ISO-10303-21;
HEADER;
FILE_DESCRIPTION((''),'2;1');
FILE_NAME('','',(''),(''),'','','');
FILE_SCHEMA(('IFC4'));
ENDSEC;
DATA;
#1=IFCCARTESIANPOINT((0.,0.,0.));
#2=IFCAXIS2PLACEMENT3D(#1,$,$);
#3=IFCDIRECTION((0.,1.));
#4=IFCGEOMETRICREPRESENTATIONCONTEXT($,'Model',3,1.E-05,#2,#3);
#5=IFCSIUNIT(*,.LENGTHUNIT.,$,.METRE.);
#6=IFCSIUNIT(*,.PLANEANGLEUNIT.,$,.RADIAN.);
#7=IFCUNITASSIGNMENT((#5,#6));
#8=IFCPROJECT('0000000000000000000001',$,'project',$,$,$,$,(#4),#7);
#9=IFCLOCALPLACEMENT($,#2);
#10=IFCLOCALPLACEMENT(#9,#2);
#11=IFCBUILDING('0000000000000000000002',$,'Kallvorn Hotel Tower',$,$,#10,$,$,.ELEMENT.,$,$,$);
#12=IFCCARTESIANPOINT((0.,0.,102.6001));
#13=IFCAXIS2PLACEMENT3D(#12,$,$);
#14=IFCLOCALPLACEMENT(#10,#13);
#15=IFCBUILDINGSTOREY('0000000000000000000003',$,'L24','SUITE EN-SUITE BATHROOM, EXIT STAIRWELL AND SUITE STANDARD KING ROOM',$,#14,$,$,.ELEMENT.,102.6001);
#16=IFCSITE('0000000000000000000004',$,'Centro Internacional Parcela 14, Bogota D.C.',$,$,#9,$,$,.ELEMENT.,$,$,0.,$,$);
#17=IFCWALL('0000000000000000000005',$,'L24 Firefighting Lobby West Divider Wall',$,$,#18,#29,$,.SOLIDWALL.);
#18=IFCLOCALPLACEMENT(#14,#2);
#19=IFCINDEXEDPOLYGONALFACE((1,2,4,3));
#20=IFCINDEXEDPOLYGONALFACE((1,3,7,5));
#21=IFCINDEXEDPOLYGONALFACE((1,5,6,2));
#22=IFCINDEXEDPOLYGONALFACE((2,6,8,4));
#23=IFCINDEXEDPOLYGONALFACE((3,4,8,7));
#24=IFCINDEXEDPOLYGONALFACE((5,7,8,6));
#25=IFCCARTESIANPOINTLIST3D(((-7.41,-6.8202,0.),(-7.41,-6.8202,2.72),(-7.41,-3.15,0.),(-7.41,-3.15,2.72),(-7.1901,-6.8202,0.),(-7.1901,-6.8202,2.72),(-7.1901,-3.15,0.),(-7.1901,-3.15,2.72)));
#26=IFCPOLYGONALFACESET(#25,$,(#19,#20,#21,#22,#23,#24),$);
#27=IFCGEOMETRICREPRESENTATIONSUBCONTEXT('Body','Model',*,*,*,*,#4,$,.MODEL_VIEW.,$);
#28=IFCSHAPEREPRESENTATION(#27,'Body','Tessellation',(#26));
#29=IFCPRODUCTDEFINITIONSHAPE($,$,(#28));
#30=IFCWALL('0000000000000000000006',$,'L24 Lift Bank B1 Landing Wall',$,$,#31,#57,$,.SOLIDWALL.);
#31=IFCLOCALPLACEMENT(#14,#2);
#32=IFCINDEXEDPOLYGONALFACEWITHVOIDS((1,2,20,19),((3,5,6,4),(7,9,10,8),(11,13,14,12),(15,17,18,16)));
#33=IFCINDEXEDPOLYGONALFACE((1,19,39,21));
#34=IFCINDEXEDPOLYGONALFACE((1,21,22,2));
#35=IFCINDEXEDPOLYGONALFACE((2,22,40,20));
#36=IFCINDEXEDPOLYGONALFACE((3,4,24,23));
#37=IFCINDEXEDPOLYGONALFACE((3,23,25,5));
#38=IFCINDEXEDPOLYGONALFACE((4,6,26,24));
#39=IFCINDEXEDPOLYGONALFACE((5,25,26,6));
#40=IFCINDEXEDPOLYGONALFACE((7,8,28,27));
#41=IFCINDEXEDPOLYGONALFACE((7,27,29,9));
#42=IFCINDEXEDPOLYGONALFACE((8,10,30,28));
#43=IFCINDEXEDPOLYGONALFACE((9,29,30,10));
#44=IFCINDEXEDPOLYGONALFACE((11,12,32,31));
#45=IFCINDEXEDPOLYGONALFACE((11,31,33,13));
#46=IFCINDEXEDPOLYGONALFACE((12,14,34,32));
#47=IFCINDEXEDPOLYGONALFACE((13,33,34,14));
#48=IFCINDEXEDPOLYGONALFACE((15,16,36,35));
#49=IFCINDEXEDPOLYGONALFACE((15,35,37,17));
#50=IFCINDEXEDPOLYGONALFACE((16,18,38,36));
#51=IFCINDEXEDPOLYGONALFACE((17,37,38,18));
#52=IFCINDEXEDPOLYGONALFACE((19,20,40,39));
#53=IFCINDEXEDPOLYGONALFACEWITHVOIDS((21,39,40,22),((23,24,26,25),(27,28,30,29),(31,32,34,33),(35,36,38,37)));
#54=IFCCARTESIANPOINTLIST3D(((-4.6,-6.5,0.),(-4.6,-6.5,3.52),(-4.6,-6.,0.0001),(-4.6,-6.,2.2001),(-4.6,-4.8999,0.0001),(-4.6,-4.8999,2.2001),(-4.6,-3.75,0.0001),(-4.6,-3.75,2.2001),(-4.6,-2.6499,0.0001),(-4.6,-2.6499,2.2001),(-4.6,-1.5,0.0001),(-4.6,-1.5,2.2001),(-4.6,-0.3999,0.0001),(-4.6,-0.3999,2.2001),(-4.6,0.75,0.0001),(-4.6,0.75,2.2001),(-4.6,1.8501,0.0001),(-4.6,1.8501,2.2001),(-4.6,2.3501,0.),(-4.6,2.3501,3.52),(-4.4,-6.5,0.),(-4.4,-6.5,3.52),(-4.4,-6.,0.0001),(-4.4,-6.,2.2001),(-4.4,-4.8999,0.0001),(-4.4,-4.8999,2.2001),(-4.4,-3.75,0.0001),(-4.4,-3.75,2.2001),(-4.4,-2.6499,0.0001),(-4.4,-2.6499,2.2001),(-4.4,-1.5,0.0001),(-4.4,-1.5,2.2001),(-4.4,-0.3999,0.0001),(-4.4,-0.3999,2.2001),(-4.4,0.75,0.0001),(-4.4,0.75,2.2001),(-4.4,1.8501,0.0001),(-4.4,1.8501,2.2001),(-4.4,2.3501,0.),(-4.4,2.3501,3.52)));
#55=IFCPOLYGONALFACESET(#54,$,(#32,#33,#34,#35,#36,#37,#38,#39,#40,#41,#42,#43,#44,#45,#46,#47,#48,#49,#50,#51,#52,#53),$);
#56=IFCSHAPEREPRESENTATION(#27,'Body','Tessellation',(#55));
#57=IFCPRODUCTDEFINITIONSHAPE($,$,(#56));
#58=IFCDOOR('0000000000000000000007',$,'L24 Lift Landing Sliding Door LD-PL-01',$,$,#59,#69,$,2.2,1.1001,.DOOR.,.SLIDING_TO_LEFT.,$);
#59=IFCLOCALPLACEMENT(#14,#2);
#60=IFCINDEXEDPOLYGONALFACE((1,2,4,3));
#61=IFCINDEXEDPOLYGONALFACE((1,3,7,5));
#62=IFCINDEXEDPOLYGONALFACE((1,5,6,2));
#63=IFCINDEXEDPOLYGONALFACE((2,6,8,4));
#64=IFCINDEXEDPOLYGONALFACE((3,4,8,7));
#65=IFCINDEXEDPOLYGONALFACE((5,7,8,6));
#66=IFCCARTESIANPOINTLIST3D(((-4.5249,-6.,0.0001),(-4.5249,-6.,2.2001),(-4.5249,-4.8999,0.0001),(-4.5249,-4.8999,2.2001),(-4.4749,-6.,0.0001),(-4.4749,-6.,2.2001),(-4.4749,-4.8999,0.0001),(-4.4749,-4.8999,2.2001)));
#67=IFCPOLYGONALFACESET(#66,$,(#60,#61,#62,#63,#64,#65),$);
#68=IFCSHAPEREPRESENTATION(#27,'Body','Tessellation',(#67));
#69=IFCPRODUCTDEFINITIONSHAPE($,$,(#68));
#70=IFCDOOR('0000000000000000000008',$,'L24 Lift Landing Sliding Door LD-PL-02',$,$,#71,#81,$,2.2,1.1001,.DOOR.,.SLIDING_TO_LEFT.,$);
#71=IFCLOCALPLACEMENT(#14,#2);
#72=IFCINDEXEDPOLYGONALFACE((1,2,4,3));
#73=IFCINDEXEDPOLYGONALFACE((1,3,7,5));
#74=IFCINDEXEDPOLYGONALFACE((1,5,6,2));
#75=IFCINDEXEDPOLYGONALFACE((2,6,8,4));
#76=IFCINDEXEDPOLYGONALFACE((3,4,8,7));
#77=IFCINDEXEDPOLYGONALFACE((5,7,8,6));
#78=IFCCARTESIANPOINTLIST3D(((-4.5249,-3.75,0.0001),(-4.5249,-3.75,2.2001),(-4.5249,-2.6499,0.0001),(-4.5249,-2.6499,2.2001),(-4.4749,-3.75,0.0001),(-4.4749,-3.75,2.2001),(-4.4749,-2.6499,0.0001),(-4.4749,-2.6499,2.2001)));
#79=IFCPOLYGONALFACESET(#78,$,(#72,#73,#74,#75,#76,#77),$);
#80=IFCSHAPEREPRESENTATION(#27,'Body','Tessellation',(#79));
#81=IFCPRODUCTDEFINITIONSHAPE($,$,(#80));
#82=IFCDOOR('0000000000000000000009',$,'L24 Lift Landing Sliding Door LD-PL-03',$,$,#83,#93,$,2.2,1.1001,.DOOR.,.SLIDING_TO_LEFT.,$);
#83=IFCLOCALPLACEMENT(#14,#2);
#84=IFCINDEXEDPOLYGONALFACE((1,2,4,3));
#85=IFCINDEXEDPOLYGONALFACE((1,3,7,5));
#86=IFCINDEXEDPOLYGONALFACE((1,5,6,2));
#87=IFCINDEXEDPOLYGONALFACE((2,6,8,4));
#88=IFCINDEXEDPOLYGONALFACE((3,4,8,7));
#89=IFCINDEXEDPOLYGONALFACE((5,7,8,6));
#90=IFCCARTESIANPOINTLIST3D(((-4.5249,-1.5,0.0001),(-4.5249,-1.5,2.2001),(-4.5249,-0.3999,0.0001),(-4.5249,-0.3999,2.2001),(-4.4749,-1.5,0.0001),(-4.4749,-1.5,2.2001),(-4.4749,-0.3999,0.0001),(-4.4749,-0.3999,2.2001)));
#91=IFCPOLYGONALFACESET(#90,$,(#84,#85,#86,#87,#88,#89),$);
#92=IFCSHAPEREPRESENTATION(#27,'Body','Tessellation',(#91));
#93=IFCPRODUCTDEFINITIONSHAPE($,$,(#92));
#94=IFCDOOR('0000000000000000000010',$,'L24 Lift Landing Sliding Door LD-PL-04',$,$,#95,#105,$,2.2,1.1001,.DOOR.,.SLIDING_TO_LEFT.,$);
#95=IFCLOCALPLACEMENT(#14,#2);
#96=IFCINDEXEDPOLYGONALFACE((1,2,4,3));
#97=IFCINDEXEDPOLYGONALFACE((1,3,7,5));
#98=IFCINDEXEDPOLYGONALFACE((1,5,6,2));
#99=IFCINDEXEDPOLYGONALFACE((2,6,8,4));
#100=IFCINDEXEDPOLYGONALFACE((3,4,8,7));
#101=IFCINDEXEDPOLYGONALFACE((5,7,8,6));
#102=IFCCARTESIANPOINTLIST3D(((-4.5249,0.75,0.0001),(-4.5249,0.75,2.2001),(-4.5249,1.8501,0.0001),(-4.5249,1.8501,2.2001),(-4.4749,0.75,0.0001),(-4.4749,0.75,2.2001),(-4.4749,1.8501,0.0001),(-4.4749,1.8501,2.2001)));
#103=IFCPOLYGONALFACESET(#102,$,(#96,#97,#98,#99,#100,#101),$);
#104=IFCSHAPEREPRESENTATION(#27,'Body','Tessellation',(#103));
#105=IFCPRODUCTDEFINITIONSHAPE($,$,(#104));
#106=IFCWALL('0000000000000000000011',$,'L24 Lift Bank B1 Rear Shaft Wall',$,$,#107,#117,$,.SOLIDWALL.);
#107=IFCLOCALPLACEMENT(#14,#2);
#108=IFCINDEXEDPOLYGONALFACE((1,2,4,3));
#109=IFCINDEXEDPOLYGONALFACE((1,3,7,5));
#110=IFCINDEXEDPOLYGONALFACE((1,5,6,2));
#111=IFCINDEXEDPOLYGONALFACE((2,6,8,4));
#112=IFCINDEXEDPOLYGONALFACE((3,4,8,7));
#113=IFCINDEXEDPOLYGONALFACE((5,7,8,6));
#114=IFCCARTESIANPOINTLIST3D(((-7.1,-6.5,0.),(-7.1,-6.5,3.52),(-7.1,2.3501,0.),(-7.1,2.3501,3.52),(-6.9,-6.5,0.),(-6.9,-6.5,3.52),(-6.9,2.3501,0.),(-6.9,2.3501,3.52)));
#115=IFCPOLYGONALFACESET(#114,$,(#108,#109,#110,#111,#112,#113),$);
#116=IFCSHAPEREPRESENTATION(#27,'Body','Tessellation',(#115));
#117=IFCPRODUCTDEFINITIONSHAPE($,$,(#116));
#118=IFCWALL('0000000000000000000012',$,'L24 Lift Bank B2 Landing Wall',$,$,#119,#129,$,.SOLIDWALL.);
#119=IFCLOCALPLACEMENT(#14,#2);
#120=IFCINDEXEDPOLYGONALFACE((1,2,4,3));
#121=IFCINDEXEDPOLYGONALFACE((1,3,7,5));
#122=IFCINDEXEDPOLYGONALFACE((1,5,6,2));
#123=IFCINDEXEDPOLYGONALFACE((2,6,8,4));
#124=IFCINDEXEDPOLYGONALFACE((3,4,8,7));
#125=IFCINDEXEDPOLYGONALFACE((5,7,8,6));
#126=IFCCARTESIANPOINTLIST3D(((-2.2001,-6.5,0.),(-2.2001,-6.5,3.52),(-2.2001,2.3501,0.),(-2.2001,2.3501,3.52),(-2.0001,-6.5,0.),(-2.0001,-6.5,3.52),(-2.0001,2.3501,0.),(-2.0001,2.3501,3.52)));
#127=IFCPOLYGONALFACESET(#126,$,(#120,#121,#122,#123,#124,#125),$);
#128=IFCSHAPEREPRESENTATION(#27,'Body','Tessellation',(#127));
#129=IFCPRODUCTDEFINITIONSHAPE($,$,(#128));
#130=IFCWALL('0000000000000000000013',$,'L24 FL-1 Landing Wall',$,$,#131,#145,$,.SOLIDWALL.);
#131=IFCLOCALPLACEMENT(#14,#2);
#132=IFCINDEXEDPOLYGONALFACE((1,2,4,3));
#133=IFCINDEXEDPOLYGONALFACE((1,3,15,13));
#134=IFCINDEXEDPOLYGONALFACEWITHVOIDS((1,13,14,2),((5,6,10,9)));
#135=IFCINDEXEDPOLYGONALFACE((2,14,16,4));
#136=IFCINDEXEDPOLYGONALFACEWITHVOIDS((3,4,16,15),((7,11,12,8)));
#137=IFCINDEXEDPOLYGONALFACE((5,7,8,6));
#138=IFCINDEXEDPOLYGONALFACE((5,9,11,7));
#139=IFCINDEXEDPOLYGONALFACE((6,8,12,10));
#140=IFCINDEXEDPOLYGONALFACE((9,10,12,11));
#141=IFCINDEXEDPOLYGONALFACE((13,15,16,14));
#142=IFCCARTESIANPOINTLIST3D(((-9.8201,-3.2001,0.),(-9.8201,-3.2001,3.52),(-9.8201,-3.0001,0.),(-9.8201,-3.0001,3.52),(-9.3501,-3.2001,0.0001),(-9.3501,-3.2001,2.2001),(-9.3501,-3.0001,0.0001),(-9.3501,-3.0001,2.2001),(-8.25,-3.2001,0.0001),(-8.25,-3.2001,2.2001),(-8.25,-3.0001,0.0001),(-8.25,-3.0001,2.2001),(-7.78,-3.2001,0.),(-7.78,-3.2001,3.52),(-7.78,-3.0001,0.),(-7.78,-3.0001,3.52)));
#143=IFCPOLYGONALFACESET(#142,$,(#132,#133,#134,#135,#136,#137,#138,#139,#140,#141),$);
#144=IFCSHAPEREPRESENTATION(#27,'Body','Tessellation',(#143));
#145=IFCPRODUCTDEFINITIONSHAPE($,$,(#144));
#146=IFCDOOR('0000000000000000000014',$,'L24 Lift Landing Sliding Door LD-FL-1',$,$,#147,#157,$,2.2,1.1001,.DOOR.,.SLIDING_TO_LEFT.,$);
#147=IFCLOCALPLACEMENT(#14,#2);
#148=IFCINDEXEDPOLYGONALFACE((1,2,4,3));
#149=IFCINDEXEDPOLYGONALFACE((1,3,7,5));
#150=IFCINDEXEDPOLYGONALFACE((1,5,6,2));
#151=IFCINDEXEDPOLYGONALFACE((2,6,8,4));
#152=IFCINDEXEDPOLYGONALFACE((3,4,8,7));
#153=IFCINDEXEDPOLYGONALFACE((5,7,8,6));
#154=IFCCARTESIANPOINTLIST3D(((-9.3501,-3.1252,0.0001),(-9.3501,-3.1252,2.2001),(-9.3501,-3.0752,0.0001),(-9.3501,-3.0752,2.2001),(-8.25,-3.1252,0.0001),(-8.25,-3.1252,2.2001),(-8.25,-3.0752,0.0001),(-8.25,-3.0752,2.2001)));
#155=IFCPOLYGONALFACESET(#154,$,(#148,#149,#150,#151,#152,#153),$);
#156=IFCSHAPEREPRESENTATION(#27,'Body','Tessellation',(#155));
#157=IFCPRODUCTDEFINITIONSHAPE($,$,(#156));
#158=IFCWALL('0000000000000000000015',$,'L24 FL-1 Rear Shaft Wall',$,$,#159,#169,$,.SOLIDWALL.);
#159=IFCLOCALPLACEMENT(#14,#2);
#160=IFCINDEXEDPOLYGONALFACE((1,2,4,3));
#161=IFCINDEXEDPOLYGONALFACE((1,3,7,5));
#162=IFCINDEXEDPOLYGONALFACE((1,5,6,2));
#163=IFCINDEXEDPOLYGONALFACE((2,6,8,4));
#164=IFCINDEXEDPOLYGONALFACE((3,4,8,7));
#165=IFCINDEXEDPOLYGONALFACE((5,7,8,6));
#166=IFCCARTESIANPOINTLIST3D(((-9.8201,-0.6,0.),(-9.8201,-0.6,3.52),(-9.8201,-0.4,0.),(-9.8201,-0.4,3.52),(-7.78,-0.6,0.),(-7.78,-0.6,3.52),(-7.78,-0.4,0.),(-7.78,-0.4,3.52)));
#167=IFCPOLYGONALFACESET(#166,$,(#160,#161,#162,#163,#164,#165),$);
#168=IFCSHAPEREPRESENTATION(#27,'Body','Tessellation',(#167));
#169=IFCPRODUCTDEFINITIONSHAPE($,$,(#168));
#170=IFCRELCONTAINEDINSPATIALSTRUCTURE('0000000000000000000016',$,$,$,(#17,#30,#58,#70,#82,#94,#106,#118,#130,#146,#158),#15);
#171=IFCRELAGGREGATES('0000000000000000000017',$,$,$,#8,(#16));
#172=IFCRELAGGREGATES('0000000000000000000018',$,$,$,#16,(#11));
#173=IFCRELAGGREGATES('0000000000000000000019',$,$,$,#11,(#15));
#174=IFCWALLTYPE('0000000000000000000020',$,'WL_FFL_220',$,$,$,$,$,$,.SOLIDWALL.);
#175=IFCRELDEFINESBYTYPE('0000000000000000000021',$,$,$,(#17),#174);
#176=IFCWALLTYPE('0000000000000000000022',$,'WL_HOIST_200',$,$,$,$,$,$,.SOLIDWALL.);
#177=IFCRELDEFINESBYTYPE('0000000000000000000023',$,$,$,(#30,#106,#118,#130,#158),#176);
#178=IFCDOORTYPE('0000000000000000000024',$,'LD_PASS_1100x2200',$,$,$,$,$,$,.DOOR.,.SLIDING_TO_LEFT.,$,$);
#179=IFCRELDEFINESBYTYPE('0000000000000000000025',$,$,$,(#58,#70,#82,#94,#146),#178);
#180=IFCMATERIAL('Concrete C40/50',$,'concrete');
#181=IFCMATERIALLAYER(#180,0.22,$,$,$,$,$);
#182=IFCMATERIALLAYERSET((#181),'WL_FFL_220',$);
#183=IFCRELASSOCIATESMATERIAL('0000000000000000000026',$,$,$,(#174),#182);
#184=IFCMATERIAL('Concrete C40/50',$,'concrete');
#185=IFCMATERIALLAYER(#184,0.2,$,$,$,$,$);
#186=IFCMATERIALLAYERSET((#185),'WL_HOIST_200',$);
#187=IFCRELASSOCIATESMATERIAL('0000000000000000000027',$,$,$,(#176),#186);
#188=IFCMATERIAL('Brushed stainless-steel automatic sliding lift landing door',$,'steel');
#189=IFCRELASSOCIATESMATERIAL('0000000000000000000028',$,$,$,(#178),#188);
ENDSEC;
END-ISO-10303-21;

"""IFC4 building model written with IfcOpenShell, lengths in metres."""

from ifc_helpers import new_model, si_unit, direction, frame, frame_2d, origin, place, context, subcontext, project, spatial, rectangle, extrude, material, layer, layer_set, type_object, element, fill, save


model = new_model("IFC4")

# Units and contexts
model_context = context("Model", 3, precision=1e-05, world=origin(), true_north=direction((0.0, 1.0)))
body_context = subcontext(model_context, "Body", "Model", "MODEL_VIEW")
ifc_project = project(units=[si_unit("LENGTHUNIT", "METRE"), si_unit("PLANEANGLEUNIT", "RADIAN")], contexts=[model_context])

# Site, building, storey
site_placement = place(None, origin())
site = spatial("IfcSite", under=ifc_project, at=site_placement, Name="Centro Internacional Parcela 14, Bogota D.C.", CompositionType="ELEMENT", RefElevation=0.0)
building_placement = place(site_placement, origin())
building = spatial("IfcBuilding", under=site, at=building_placement, Name="Kallvorn Hotel Tower", CompositionType="ELEMENT")
storey_placement = place(building_placement, frame((0.0, 0.0, 102.6001)))
storey = spatial("IfcBuildingStorey", under=building, at=storey_placement, Name="L24", Description="SUITE EN-SUITE BATHROOM, EXIT STAIRWELL AND SUITE STANDARD KING ROOM", CompositionType="ELEMENT", Elevation=102.6001)

# Wall
ifc_material_1 = material(Name="Concrete C40/50", Category="concrete")
ifc_layer_1 = layer(ifc_material_1, 0.22)
ifc_layer_set_1 = layer_set([ifc_layer_1], Name="WL_FFL_220")
wall_type_1 = type_object("IfcWallType", Name="WL_FFL_220", PredefinedType="SOLIDWALL", material=ifc_layer_set_1)
wall_1_placement = place(storey_placement, frame((-7.3, -6.8201, 0.0), z_axis=(0.0, 0.0, 1.0), x_axis=(0.0, 1.0, 0.0)))
element("IfcWall", 1, at=wall_1_placement, inside=storey, type_object=wall_type_1, Name="L24 Firefighting Lobby West Divider Wall", PredefinedType="SOLIDWALL", context=body_context, shape_type="SweptSolid", body=[
    extrude(rectangle(XDim=3.6702, YDim=0.22, at=frame_2d((1.835, 0.0))), origin(), (0.0, 0.0, 1.0), 2.72),
])

# Wall, openings, doors
ifc_material_2 = material(Name="Concrete C40/50", Category="concrete")
ifc_layer_2 = layer(ifc_material_2, 0.2)
ifc_layer_set_2 = layer_set([ifc_layer_2], Name="WL_HOIST_200")
wall_type_2 = type_object("IfcWallType", Name="WL_HOIST_200", PredefinedType="SOLIDWALL", material=ifc_layer_set_2)
wall_2_placement = place(storey_placement, frame((-4.5, -6.5, 0.0), z_axis=(0.0, 0.0, 1.0), x_axis=(0.0, 1.0, 0.0)))
wall_2 = element("IfcWall", 2, at=wall_2_placement, inside=storey, type_object=wall_type_2, Name="L24 Lift Bank B1 Landing Wall", PredefinedType="SOLIDWALL", context=body_context, shape_type="SweptSolid", body=[
    extrude(rectangle(XDim=8.8501, YDim=0.2, at=frame_2d((4.425, 0.0))), origin(), (0.0, 0.0, 1.0), 3.52),
])
opening_1_placement = place(wall_2_placement, frame((0.5, 0.0, 0.0)))
opening_1 = element("IfcOpeningElement", 3, at=opening_1_placement, cuts=wall_2, PredefinedType="OPENING", context=body_context, shape_type="SweptSolid", body=[
    extrude(rectangle(XDim=1.1001, YDim=2.2, at=frame_2d((0.55, 1.1001))), frame((0.0, 0.115, 0.0), z_axis=(0.0, -1.0, 0.0), x_axis=(1.0, 0.0, 0.0)), (0.0, 0.0, 1.0), 0.23),
])
opening_2_placement = place(wall_2_placement, frame((2.75, 0.0, 0.0)))
opening_2 = element("IfcOpeningElement", 4, at=opening_2_placement, cuts=wall_2, PredefinedType="OPENING", context=body_context, shape_type="SweptSolid", body=[
    extrude(rectangle(XDim=1.1001, YDim=2.2, at=frame_2d((0.55, 1.1001))), frame((0.0, 0.115, 0.0), z_axis=(0.0, -1.0, 0.0), x_axis=(1.0, 0.0, 0.0)), (0.0, 0.0, 1.0), 0.23),
])
opening_3_placement = place(wall_2_placement, frame((5.0, 0.0, 0.0)))
opening_3 = element("IfcOpeningElement", 5, at=opening_3_placement, cuts=wall_2, PredefinedType="OPENING", context=body_context, shape_type="SweptSolid", body=[
    extrude(rectangle(XDim=1.1001, YDim=2.2, at=frame_2d((0.55, 1.1001))), frame((0.0, 0.115, 0.0), z_axis=(0.0, -1.0, 0.0), x_axis=(1.0, 0.0, 0.0)), (0.0, 0.0, 1.0), 0.23),
])
opening_4_placement = place(wall_2_placement, frame((7.25, 0.0, 0.0)))
opening_4 = element("IfcOpeningElement", 6, at=opening_4_placement, cuts=wall_2, PredefinedType="OPENING", context=body_context, shape_type="SweptSolid", body=[
    extrude(rectangle(XDim=1.1001, YDim=2.2, at=frame_2d((0.55, 1.1001))), frame((0.0, 0.115, 0.0), z_axis=(0.0, -1.0, 0.0), x_axis=(1.0, 0.0, 0.0)), (0.0, 0.0, 1.0), 0.23),
])
ifc_material_3 = material(Name="Brushed stainless-steel automatic sliding lift landing door", Category="steel")
door_type_1 = type_object("IfcDoorType", Name="LD_PASS_1100x2200", OperationType="SLIDING_TO_LEFT", PredefinedType="DOOR", material=ifc_material_3)
door_1_placement = place(opening_1_placement, origin())
door_1 = element("IfcDoor", 7, at=door_1_placement, inside=storey, type_object=door_type_1, Name="L24 Lift Landing Sliding Door LD-PL-01", OperationType="SLIDING_TO_LEFT", OverallHeight=2.2, OverallWidth=1.1001, PredefinedType="DOOR", context=body_context, shape_type="SweptSolid", body=[
    extrude(rectangle(XDim=1.1001, YDim=2.2, at=frame_2d((0.55, 1.1001))), frame((0.0, 0.0249, 0.0), z_axis=(0.0, -1.0, 0.0), x_axis=(1.0, 0.0, 0.0)), (0.0, 0.0, 1.0), 0.05),
])
fill(opening_1, door_1)
door_2_placement = place(opening_2_placement, origin())
door_2 = element("IfcDoor", 8, at=door_2_placement, inside=storey, type_object=door_type_1, Name="L24 Lift Landing Sliding Door LD-PL-02", OperationType="SLIDING_TO_LEFT", OverallHeight=2.2, OverallWidth=1.1001, PredefinedType="DOOR", context=body_context, shape_type="SweptSolid", body=[
    extrude(rectangle(XDim=1.1001, YDim=2.2, at=frame_2d((0.55, 1.1001))), frame((0.0, 0.0249, 0.0), z_axis=(0.0, -1.0, 0.0), x_axis=(1.0, 0.0, 0.0)), (0.0, 0.0, 1.0), 0.05),
])
fill(opening_2, door_2)
door_3_placement = place(opening_3_placement, origin())
door_3 = element("IfcDoor", 9, at=door_3_placement, inside=storey, type_object=door_type_1, Name="L24 Lift Landing Sliding Door LD-PL-03", OperationType="SLIDING_TO_LEFT", OverallHeight=2.2, OverallWidth=1.1001, PredefinedType="DOOR", context=body_context, shape_type="SweptSolid", body=[
    extrude(rectangle(XDim=1.1001, YDim=2.2, at=frame_2d((0.55, 1.1001))), frame((0.0, 0.0249, 0.0), z_axis=(0.0, -1.0, 0.0), x_axis=(1.0, 0.0, 0.0)), (0.0, 0.0, 1.0), 0.05),
])
fill(opening_3, door_3)
door_4_placement = place(opening_4_placement, origin())
door_4 = element("IfcDoor", 10, at=door_4_placement, inside=storey, type_object=door_type_1, Name="L24 Lift Landing Sliding Door LD-PL-04", OperationType="SLIDING_TO_LEFT", OverallHeight=2.2, OverallWidth=1.1001, PredefinedType="DOOR", context=body_context, shape_type="SweptSolid", body=[
    extrude(rectangle(XDim=1.1001, YDim=2.2, at=frame_2d((0.55, 1.1001))), frame((0.0, 0.0249, 0.0), z_axis=(0.0, -1.0, 0.0), x_axis=(1.0, 0.0, 0.0)), (0.0, 0.0, 1.0), 0.05),
])
fill(opening_4, door_4)

# Walls
for number, where, z_axis, x_axis, name in (
    (11, (-7.0, -6.5, 0.0), (0.0, 0.0, 1.0), (0.0, 1.0, 0.0), "L24 Lift Bank B1 Rear Shaft Wall"),
    (12, (-2.1001, -6.5, 0.0), (0.0, 0.0, 1.0), (0.0, 1.0, 0.0), "L24 Lift Bank B2 Landing Wall"),
):
    element("IfcWall", number, at=place(storey_placement, frame(where, z_axis=z_axis, x_axis=x_axis)), inside=storey, type_object=wall_type_2, Name=name, PredefinedType="SOLIDWALL", context=body_context, shape_type="SweptSolid", body=[
        extrude(rectangle(XDim=8.8501, YDim=0.2, at=frame_2d((4.425, 0.0))), origin(), (0.0, 0.0, 1.0), 3.52),
    ])

# Wall, opening, door
wall_3_placement = place(storey_placement, frame((-9.8201, -3.1001, 0.0), z_axis=(0.0, 0.0, 1.0), x_axis=(1.0, 0.0, 0.0)))
wall_3 = element("IfcWall", 13, at=wall_3_placement, inside=storey, type_object=wall_type_2, Name="L24 FL-1 Landing Wall", PredefinedType="SOLIDWALL", context=body_context, shape_type="SweptSolid", body=[
    extrude(rectangle(XDim=2.04, YDim=0.2, at=frame_2d((1.02, 0.0))), origin(), (0.0, 0.0, 1.0), 3.52),
])
opening_5_placement = place(wall_3_placement, frame((0.47, 0.0, 0.0)))
opening_5 = element("IfcOpeningElement", 14, at=opening_5_placement, cuts=wall_3, PredefinedType="OPENING", context=body_context, shape_type="SweptSolid", body=[
    extrude(rectangle(XDim=1.1001, YDim=2.2, at=frame_2d((0.55, 1.1001))), frame((0.0, 0.115, 0.0), z_axis=(0.0, -1.0, 0.0), x_axis=(1.0, 0.0, 0.0)), (0.0, 0.0, 1.0), 0.23),
])
door_5_placement = place(opening_5_placement, origin())
door_5 = element("IfcDoor", 15, at=door_5_placement, inside=storey, type_object=door_type_1, Name="L24 Lift Landing Sliding Door LD-FL-1", OperationType="SLIDING_TO_LEFT", OverallHeight=2.2, OverallWidth=1.1001, PredefinedType="DOOR", context=body_context, shape_type="SweptSolid", body=[
    extrude(rectangle(XDim=1.1001, YDim=2.2, at=frame_2d((0.55, 1.1001))), frame((0.0, 0.0249, 0.0), z_axis=(0.0, -1.0, 0.0), x_axis=(1.0, 0.0, 0.0)), (0.0, 0.0, 1.0), 0.05),
])
fill(opening_5, door_5)

# Wall
wall_4_placement = place(storey_placement, frame((-9.8201, -0.5, 0.0), z_axis=(0.0, 0.0, 1.0), x_axis=(1.0, 0.0, 0.0)))
element("IfcWall", 16, at=wall_4_placement, inside=storey, type_object=wall_type_2, Name="L24 FL-1 Rear Shaft Wall", PredefinedType="SOLIDWALL", context=body_context, shape_type="SweptSolid", body=[
    extrude(rectangle(XDim=2.04, YDim=0.2, at=frame_2d((1.02, 0.0))), origin(), (0.0, 0.0, 1.0), 3.52),
])

save(model, "model.ifc")
